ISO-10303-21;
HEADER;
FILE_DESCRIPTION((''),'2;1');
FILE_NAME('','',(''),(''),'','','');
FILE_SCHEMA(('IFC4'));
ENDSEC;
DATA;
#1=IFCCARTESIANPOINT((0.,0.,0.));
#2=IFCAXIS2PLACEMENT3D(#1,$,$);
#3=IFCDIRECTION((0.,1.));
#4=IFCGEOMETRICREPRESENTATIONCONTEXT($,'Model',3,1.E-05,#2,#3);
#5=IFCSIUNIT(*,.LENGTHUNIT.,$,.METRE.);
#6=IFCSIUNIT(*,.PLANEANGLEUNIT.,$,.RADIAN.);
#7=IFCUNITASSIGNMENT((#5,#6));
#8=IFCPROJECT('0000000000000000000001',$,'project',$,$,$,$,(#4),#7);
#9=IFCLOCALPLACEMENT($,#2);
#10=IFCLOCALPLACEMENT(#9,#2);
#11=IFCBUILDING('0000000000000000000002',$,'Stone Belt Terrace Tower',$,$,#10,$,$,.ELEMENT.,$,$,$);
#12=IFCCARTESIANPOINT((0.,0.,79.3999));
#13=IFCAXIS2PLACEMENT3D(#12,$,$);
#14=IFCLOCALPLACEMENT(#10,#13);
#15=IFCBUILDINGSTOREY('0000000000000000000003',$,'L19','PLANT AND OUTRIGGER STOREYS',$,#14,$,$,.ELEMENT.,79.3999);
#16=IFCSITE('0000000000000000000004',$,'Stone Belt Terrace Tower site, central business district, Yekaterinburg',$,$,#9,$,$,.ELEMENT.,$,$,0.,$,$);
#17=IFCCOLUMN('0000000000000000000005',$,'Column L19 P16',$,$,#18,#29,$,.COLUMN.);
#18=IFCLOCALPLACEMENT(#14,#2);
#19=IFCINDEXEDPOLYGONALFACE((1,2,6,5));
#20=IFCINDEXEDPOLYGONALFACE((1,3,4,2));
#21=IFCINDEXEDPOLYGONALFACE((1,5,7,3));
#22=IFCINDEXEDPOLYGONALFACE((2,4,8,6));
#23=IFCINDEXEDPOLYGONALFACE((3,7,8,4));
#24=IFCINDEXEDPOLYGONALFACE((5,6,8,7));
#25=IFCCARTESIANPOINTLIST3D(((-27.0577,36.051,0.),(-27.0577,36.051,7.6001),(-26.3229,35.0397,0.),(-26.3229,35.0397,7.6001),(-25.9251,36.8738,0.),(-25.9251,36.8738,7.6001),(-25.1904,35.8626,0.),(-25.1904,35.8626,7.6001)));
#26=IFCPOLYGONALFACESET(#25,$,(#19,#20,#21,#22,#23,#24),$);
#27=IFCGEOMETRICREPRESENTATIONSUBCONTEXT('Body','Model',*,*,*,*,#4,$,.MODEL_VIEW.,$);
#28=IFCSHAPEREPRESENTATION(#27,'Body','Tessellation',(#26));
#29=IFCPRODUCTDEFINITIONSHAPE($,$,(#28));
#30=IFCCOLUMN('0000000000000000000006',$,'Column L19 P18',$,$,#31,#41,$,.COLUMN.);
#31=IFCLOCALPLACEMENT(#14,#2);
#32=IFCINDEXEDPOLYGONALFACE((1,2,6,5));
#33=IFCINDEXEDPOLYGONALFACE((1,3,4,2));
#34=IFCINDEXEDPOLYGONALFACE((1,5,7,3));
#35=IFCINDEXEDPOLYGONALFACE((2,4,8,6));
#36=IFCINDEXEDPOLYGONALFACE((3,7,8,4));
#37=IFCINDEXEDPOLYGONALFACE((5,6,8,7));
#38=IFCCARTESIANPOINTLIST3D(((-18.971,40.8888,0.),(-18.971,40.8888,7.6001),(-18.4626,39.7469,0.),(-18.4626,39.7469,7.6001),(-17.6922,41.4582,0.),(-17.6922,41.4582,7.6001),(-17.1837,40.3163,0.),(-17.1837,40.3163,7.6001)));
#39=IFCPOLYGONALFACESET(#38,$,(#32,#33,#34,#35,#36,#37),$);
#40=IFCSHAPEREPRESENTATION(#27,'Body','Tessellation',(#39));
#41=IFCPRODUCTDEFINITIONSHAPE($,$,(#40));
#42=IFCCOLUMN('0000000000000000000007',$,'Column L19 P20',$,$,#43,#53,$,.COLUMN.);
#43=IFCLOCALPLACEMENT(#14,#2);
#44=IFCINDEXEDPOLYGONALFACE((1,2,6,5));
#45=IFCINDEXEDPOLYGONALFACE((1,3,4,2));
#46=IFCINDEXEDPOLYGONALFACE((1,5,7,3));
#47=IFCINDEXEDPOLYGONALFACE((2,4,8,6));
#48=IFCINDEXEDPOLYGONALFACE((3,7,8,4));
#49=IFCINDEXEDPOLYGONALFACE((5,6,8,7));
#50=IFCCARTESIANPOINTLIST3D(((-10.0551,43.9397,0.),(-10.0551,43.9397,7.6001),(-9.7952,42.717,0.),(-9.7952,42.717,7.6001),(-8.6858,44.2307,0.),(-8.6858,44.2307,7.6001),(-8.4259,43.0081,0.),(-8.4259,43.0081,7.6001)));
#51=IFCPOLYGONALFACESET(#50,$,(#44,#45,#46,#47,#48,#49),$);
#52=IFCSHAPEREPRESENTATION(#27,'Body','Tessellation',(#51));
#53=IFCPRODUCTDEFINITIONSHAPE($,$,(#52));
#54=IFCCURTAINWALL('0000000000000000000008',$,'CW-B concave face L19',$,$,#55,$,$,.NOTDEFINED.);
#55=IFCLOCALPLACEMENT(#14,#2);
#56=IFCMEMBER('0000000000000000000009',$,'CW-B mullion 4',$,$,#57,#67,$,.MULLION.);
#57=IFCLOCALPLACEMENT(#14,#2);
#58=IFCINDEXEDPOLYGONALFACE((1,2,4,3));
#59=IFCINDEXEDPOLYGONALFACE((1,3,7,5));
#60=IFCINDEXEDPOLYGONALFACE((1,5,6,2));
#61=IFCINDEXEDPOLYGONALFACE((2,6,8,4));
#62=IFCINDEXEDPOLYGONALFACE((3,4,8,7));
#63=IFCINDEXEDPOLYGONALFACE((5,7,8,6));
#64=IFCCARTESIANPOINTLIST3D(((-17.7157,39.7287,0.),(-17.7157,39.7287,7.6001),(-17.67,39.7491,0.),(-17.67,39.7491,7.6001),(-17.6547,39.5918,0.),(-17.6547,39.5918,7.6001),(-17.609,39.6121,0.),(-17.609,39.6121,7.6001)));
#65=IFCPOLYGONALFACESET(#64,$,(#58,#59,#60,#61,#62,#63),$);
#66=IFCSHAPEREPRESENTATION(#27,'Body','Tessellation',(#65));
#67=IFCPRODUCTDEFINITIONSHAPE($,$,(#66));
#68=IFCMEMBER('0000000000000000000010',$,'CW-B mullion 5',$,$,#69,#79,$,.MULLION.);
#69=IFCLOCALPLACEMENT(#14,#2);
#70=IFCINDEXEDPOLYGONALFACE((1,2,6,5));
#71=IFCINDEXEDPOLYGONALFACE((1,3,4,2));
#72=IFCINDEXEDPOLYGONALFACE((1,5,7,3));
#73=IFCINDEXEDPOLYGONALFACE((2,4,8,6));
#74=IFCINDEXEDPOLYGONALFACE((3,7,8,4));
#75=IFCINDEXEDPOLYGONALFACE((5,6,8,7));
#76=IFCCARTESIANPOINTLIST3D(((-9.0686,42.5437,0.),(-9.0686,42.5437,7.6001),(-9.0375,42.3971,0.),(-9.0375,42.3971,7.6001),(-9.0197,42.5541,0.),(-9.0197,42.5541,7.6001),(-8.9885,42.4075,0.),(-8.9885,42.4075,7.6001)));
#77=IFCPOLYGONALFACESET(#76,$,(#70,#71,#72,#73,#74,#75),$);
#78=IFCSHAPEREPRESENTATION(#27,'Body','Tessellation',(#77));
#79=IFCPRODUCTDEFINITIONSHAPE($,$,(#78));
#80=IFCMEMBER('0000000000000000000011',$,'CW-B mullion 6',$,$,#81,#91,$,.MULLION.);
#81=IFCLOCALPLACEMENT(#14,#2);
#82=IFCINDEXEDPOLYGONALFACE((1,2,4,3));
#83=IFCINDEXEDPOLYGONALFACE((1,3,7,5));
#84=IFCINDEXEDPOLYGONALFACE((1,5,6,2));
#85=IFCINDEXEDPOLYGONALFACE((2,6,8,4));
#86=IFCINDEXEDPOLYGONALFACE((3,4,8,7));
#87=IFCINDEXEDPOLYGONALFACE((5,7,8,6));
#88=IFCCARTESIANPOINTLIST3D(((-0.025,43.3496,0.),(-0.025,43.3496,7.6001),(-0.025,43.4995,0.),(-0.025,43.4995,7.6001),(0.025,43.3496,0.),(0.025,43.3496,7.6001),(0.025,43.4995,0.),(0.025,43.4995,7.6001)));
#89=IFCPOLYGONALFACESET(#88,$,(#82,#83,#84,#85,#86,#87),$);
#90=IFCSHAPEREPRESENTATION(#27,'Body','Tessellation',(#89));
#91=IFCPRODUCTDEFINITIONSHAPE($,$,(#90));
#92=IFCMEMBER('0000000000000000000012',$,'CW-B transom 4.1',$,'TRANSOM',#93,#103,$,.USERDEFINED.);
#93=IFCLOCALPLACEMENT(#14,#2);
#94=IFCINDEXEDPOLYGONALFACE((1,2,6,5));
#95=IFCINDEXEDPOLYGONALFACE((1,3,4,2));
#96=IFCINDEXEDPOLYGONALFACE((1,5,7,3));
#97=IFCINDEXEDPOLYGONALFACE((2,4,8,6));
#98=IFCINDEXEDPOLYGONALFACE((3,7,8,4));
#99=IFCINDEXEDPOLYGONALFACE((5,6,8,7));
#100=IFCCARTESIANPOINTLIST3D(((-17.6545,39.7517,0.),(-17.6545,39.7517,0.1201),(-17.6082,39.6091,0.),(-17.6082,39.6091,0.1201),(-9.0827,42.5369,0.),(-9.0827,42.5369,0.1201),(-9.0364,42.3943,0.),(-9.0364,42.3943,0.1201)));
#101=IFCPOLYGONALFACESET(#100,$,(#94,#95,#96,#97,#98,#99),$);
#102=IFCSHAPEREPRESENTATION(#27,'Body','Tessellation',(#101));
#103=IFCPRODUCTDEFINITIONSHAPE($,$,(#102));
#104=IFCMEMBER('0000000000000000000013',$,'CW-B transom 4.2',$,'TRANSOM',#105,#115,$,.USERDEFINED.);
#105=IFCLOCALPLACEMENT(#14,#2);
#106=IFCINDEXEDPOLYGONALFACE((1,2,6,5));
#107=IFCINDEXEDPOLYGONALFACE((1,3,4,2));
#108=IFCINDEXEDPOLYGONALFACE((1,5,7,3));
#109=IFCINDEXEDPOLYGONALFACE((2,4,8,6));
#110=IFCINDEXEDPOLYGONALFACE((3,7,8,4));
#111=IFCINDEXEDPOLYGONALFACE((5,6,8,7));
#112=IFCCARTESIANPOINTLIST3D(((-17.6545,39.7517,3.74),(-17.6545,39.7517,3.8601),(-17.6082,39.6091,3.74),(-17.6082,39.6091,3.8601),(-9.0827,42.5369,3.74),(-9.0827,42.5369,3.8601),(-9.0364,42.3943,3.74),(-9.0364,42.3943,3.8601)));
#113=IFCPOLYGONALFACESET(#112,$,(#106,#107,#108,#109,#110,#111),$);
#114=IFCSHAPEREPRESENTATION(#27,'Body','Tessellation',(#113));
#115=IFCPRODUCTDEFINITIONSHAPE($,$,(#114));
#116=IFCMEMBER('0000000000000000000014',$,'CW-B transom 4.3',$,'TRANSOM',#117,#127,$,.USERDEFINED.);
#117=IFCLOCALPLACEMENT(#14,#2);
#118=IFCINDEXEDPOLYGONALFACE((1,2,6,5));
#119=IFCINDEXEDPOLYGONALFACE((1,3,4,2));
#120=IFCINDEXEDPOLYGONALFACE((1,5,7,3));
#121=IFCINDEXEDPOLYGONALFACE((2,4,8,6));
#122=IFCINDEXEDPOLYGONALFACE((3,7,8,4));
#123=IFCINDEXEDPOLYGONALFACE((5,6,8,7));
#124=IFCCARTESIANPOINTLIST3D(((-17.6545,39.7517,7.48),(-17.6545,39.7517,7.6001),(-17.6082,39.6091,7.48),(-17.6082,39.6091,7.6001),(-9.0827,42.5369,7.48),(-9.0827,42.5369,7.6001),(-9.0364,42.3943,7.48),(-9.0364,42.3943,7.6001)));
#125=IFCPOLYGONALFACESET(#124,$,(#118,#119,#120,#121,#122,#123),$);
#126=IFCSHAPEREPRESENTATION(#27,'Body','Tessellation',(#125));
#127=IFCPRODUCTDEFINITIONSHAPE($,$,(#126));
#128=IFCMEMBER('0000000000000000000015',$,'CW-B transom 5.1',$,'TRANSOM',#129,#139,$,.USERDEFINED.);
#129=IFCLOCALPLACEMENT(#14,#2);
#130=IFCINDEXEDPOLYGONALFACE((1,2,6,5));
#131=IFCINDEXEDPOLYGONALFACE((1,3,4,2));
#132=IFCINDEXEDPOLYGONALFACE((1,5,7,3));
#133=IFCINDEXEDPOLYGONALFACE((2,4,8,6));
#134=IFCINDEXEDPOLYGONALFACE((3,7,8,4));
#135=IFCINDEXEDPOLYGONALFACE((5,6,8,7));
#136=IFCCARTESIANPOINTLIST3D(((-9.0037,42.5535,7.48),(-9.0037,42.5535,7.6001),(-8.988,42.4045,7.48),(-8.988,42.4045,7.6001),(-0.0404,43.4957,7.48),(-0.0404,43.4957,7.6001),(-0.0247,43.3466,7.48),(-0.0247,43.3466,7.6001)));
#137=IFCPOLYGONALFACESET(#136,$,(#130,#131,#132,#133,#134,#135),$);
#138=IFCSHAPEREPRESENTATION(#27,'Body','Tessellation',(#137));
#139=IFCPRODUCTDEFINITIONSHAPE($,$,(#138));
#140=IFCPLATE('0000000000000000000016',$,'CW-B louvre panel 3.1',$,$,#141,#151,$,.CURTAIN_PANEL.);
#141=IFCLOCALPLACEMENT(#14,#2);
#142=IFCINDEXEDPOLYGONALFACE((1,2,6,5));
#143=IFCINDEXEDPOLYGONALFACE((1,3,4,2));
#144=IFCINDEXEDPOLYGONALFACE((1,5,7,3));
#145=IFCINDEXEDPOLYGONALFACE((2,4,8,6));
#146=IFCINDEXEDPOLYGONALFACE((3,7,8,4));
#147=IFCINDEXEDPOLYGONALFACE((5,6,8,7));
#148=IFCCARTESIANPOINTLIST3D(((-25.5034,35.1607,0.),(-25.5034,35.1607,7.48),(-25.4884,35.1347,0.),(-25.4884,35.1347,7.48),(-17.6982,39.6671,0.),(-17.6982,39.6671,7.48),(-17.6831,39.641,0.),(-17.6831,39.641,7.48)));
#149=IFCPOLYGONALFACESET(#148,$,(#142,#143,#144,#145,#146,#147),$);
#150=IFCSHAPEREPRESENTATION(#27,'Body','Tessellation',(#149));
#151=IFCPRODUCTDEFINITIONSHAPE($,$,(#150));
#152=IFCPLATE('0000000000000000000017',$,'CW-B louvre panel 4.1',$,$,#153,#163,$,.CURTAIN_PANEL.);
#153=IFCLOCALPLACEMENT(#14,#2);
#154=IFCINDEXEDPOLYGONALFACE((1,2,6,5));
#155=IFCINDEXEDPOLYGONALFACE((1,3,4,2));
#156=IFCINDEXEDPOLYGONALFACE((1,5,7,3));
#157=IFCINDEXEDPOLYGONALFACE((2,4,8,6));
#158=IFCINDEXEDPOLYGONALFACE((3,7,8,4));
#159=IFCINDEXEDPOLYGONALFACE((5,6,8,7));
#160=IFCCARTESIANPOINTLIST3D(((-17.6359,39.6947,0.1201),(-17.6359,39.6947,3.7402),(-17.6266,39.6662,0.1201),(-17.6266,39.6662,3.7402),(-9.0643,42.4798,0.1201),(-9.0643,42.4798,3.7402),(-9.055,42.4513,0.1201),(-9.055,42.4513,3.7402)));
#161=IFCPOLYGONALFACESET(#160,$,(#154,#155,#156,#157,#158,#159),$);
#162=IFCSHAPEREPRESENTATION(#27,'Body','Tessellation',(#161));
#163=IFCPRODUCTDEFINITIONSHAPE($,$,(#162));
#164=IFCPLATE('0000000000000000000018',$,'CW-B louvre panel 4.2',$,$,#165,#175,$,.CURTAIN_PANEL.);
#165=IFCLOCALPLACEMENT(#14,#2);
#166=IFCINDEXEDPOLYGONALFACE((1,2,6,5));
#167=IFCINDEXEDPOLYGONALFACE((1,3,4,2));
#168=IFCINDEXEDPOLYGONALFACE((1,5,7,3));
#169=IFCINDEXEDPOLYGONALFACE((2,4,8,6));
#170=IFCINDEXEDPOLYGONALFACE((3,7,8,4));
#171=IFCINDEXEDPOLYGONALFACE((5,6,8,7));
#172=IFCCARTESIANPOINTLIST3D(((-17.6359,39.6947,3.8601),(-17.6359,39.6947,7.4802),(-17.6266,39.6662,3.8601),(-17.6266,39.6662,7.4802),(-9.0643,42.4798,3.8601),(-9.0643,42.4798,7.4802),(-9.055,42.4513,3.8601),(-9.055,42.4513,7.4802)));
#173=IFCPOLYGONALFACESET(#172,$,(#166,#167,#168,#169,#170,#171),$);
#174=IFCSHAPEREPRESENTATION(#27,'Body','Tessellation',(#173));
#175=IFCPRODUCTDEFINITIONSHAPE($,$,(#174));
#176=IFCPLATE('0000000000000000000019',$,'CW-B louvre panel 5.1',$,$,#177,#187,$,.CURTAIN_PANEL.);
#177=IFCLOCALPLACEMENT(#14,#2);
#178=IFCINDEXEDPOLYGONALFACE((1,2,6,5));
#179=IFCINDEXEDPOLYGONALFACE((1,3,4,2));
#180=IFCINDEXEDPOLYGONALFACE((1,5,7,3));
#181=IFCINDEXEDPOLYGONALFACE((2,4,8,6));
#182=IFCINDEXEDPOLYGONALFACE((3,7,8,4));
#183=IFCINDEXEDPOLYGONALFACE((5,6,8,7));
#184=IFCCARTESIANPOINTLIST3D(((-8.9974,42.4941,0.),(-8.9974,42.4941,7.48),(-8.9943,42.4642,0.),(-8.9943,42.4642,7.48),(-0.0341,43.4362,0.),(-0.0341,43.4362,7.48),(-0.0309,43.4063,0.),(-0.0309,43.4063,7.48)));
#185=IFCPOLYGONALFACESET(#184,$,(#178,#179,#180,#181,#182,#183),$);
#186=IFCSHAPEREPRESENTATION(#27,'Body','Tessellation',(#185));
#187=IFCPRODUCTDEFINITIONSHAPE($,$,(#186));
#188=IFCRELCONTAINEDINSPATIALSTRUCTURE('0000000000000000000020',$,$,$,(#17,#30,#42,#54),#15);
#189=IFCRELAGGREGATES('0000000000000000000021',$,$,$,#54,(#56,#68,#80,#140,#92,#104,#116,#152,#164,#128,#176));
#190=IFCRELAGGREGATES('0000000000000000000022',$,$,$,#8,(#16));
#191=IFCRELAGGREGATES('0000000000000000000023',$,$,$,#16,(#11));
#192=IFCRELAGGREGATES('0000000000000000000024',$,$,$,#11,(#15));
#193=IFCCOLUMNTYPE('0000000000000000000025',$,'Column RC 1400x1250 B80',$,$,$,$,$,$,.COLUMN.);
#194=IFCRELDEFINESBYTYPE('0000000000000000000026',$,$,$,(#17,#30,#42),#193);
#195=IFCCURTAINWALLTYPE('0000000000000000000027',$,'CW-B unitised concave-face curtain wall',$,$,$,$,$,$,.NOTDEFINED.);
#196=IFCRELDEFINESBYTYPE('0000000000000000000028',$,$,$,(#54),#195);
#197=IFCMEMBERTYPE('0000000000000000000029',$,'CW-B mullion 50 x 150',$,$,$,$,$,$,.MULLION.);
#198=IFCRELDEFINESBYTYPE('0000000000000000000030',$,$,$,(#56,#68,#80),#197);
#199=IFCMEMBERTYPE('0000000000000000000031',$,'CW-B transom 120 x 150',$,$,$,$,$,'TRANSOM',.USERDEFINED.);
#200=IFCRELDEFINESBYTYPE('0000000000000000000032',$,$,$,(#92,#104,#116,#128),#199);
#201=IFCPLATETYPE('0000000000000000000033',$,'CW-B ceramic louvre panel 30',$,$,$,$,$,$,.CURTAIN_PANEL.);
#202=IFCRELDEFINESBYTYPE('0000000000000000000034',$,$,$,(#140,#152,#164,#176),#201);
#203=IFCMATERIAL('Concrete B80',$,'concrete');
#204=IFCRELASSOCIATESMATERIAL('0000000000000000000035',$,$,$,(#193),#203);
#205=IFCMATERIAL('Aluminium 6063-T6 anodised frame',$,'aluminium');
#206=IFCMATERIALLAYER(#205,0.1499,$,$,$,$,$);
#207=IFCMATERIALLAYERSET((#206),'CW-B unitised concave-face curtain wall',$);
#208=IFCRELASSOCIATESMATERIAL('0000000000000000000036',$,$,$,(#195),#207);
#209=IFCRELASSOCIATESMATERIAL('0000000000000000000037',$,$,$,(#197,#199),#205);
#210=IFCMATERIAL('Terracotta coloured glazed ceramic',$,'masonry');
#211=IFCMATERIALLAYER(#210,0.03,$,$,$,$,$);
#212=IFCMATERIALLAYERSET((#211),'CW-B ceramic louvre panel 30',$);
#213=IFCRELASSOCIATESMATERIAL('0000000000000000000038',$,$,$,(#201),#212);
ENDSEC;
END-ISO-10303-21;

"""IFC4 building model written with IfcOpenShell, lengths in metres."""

from ifc_helpers import new_model, si_unit, direction, frame, origin, origin_2d, place, context, subcontext, project, spatial, rectangle, extrude, material, layer, layer_set, material_profile, profile_set, type_object, element, aggregate, save


model = new_model("IFC4")

# Units and contexts
model_context = context("Model", 3, precision=1e-05, world=origin(), true_north=direction((0.0, 1.0)))
body_context = subcontext(model_context, "Body", "Model", "MODEL_VIEW")
ifc_project = project(units=[si_unit("LENGTHUNIT", "METRE"), si_unit("PLANEANGLEUNIT", "RADIAN")], contexts=[model_context])

# Site, building, storey
site_placement = place(None, origin())
site = spatial("IfcSite", under=ifc_project, at=site_placement, Name="Stone Belt Terrace Tower site, central business district, Yekaterinburg", CompositionType="ELEMENT", RefElevation=0.0)
building_placement = place(site_placement, origin())
building = spatial("IfcBuilding", under=site, at=building_placement, Name="Stone Belt Terrace Tower", CompositionType="ELEMENT")
storey_placement = place(building_placement, frame((0.0, 0.0, 79.3999)))
storey = spatial("IfcBuildingStorey", under=building, at=storey_placement, Name="L19", Description="PLANT AND OUTRIGGER STOREYS", CompositionType="ELEMENT", Elevation=79.3999)

# Columns
ifc_material_1 = material(Name="Concrete B80", Category="concrete")
ifc_material_profile_1 = material_profile(ifc_material_1, rectangle(XDim=1.3999, YDim=1.25, at=origin_2d()), Name="RC 1400x1250")
ifc_profile_set_1 = profile_set([ifc_material_profile_1], Name="Concrete B80")
column_type = type_object("IfcColumnType", Name="Column RC 1400x1250 B80", PredefinedType="COLUMN", material=ifc_profile_set_1)
for number, where, z_axis, x_axis, name in (
    (1, (-26.124, 35.9568, 0.0), (0.0, 0.0, 1.0), (0.809017, 0.587785, 0.0), "Column L19 P16"),
    (2, (-18.0774, 40.6025, 0.0), (0.0, 0.0, 1.0), (0.913545, 0.406737, 0.0), "Column L19 P18"),
    (3, (-9.2405, 43.4739, 0.0), (0.0, 0.0, 1.0), (0.978148, 0.207912, 0.0), "Column L19 P20"),
):
    element("IfcColumn", number, at=place(storey_placement, frame(where, z_axis=z_axis, x_axis=x_axis)), inside=storey, type_object=column_type, Name=name, PredefinedType="COLUMN", context=body_context, shape_type="SweptSolid", body=[
        extrude(rectangle(XDim=1.3999, YDim=1.25, at=origin_2d()), origin(), (0.0, 0.0, 1.0), 7.6001),
    ])

# Curtain wall, members, plates
ifc_material_2 = material(Name="Aluminium 6063-T6 anodised frame", Category="aluminium")
ifc_layer_1 = layer(ifc_material_2, 0.1499)
ifc_layer_set_1 = layer_set([ifc_layer_1], Name="CW-B unitised concave-face curtain wall")
curtain_wall_type = type_object("IfcCurtainWallType", Name="CW-B unitised concave-face curtain wall", PredefinedType="NOTDEFINED", material=ifc_layer_set_1)
curtain_wall_placement = place(storey_placement, origin())
curtain_wall = element("IfcCurtainWall", 4, at=curtain_wall_placement, inside=storey, type_object=curtain_wall_type, Name="CW-B concave face L19", PredefinedType="NOTDEFINED")
ifc_material_profile_2 = material_profile(ifc_material_2, rectangle(XDim=0.1499, YDim=0.05, at=origin_2d()), Name="Aluminium 6063-T6 50x150")
ifc_profile_set_2 = profile_set([ifc_material_profile_2], Name="Aluminium 6063-T6 anodised frame")
member_type_1 = type_object("IfcMemberType", Name="CW-B mullion 50 x 150", PredefinedType="MULLION", material=ifc_profile_set_2)
member_1_placement = place(storey_placement, frame((-17.6624, 39.6704, 0.0), z_axis=(0.0, 0.0, 1.0), x_axis=(-0.406737, 0.913545, 0.0)))
member_1 = element("IfcMember", 5, at=member_1_placement, type_object=member_type_1, Name="CW-B mullion 4", PredefinedType="MULLION", context=body_context, shape_type="SweptSolid", body=[
    extrude(rectangle(XDim=0.1499, YDim=0.05, at=origin_2d()), origin(), (0.0, 0.0, 1.0), 7.6001),
])
member_2_placement = place(storey_placement, frame((-9.0286, 42.4756, 0.0), z_axis=(0.0, 0.0, 1.0), x_axis=(-0.207912, 0.978148, 0.0)))
member_2 = element("IfcMember", 6, at=member_2_placement, type_object=member_type_1, Name="CW-B mullion 5", PredefinedType="MULLION", context=body_context, shape_type="SweptSolid", body=[
    extrude(rectangle(XDim=0.1499, YDim=0.05, at=origin_2d()), origin(), (0.0, 0.0, 1.0), 7.6001),
])
member_3_placement = place(storey_placement, frame((0.0, 43.4246, 0.0), z_axis=(0.0, 0.0, 1.0), x_axis=(0.0, 1.0, 0.0)))
member_3 = element("IfcMember", 7, at=member_3_placement, type_object=member_type_1, Name="CW-B mullion 6", PredefinedType="MULLION", context=body_context, shape_type="SweptSolid", body=[
    extrude(rectangle(XDim=0.1499, YDim=0.05, at=origin_2d()), origin(), (0.0, 0.0, 1.0), 7.6001),
])
ifc_material_profile_3 = material_profile(ifc_material_2, rectangle(XDim=0.1499, YDim=0.1201, at=origin_2d()), Name="Aluminium 6063-T6 150x120")
ifc_profile_set_3 = profile_set([ifc_material_profile_3], Name="Aluminium 6063-T6 anodised frame")
member_type_2 = type_object("IfcMemberType", Name="CW-B transom 120 x 150", ElementType="TRANSOM", PredefinedType="USERDEFINED", material=ifc_profile_set_3)
member_4_placement = place(storey_placement, frame((-17.6313, 39.6804, 0.0601), z_axis=(0.951056, 0.309019, 0.0), x_axis=(-0.309019, 0.951056, 0.0)))
member_4 = element("IfcMember", 8, at=member_4_placement, type_object=member_type_2, Name="CW-B transom 4.1", ObjectType="TRANSOM", PredefinedType="USERDEFINED", context=body_context, shape_type="SweptSolid", body=[
    extrude(rectangle(XDim=0.1499, YDim=0.1201, at=origin_2d()), origin(), (0.0, 0.0, 1.0), 9.0129),
])
member_5_placement = place(storey_placement, frame((-17.6313, 39.6804, 3.8), z_axis=(0.951056, 0.309019, 0.0), x_axis=(-0.309019, 0.951056, 0.0)))
member_5 = element("IfcMember", 9, at=member_5_placement, type_object=member_type_2, Name="CW-B transom 4.2", ObjectType="TRANSOM", PredefinedType="USERDEFINED", context=body_context, shape_type="SweptSolid", body=[
    extrude(rectangle(XDim=0.1499, YDim=0.1201, at=origin_2d()), origin(), (0.0, 0.0, 1.0), 9.0129),
])
member_6_placement = place(storey_placement, frame((-17.6313, 39.6804, 7.54), z_axis=(0.951056, 0.309019, 0.0), x_axis=(-0.309019, 0.951056, 0.0)))
member_6 = element("IfcMember", 10, at=member_6_placement, type_object=member_type_2, Name="CW-B transom 4.3", ObjectType="TRANSOM", PredefinedType="USERDEFINED", context=body_context, shape_type="SweptSolid", body=[
    extrude(rectangle(XDim=0.1499, YDim=0.1201, at=origin_2d()), origin(), (0.0, 0.0, 1.0), 9.0129),
])
member_7_placement = place(storey_placement, frame((-8.9958, 42.479, 7.54), z_axis=(0.994521, 0.104534, 0.0), x_axis=(-0.104534, 0.994521, 0.0)))
member_7 = element("IfcMember", 11, at=member_7_placement, type_object=member_type_2, Name="CW-B transom 5.1", ObjectType="TRANSOM", PredefinedType="USERDEFINED", context=body_context, shape_type="SweptSolid", body=[
    extrude(rectangle(XDim=0.1499, YDim=0.1201, at=origin_2d()), origin(), (0.0, 0.0, 1.0), 9.0127),
])
ifc_material_3 = material(Name="Terracotta coloured glazed ceramic", Category="masonry")
ifc_layer_2 = layer(ifc_material_3, 0.03)
ifc_layer_set_2 = layer_set([ifc_layer_2], Name="CW-B ceramic louvre panel 30")
plate_type = type_object("IfcPlateType", Name="CW-B ceramic louvre panel 30", PredefinedType="CURTAIN_PANEL", material=ifc_layer_set_2)
plate_1_placement = place(storey_placement, frame((-21.5933, 37.4009, 0.0), z_axis=(0.0, 0.0, 1.0), x_axis=(0.866025, 0.5, 0.0)))
plate_1 = element("IfcPlate", 12, at=plate_1_placement, type_object=plate_type, Name="CW-B louvre panel 3.1", PredefinedType="CURTAIN_PANEL", context=body_context, shape_type="SweptSolid", body=[
    extrude(rectangle(XDim=9.0127, YDim=0.03, at=origin_2d()), origin(), (0.0, 0.0, 1.0), 7.48),
])
plate_2_placement = place(storey_placement, frame((-13.3455, 41.073, 0.1201), z_axis=(0.0, 0.0, 1.0), x_axis=(0.951057, 0.309017, 0.0)))
plate_2 = element("IfcPlate", 13, at=plate_2_placement, type_object=plate_type, Name="CW-B louvre panel 4.1", PredefinedType="CURTAIN_PANEL", context=body_context, shape_type="SweptSolid", body=[
    extrude(rectangle(XDim=9.0127, YDim=0.03, at=origin_2d()), origin(), (0.0, 0.0, 1.0), 3.6201),
])
plate_3_placement = place(storey_placement, frame((-13.3455, 41.073, 3.8601), z_axis=(0.0, 0.0, 1.0), x_axis=(0.951057, 0.309017, 0.0)))
plate_3 = element("IfcPlate", 14, at=plate_3_placement, type_object=plate_type, Name="CW-B louvre panel 4.2", PredefinedType="CURTAIN_PANEL", context=body_context, shape_type="SweptSolid", body=[
    extrude(rectangle(XDim=9.0127, YDim=0.03, at=origin_2d()), origin(), (0.0, 0.0, 1.0), 3.6201),
])
plate_4_placement = place(storey_placement, frame((-4.5142, 42.9502, 0.0), z_axis=(0.0, 0.0, 1.0), x_axis=(0.994522, 0.104528, 0.0)))
plate_4 = element("IfcPlate", 15, at=plate_4_placement, type_object=plate_type, Name="CW-B louvre panel 5.1", PredefinedType="CURTAIN_PANEL", context=body_context, shape_type="SweptSolid", body=[
    extrude(rectangle(XDim=9.0127, YDim=0.03, at=origin_2d()), origin(), (0.0, 0.0, 1.0), 7.48),
])
aggregate(curtain_wall, [member_1, member_2, member_3, plate_1, member_4, member_5, member_6, plate_2, plate_3, member_7, plate_4])

save(model, "model.ifc")
